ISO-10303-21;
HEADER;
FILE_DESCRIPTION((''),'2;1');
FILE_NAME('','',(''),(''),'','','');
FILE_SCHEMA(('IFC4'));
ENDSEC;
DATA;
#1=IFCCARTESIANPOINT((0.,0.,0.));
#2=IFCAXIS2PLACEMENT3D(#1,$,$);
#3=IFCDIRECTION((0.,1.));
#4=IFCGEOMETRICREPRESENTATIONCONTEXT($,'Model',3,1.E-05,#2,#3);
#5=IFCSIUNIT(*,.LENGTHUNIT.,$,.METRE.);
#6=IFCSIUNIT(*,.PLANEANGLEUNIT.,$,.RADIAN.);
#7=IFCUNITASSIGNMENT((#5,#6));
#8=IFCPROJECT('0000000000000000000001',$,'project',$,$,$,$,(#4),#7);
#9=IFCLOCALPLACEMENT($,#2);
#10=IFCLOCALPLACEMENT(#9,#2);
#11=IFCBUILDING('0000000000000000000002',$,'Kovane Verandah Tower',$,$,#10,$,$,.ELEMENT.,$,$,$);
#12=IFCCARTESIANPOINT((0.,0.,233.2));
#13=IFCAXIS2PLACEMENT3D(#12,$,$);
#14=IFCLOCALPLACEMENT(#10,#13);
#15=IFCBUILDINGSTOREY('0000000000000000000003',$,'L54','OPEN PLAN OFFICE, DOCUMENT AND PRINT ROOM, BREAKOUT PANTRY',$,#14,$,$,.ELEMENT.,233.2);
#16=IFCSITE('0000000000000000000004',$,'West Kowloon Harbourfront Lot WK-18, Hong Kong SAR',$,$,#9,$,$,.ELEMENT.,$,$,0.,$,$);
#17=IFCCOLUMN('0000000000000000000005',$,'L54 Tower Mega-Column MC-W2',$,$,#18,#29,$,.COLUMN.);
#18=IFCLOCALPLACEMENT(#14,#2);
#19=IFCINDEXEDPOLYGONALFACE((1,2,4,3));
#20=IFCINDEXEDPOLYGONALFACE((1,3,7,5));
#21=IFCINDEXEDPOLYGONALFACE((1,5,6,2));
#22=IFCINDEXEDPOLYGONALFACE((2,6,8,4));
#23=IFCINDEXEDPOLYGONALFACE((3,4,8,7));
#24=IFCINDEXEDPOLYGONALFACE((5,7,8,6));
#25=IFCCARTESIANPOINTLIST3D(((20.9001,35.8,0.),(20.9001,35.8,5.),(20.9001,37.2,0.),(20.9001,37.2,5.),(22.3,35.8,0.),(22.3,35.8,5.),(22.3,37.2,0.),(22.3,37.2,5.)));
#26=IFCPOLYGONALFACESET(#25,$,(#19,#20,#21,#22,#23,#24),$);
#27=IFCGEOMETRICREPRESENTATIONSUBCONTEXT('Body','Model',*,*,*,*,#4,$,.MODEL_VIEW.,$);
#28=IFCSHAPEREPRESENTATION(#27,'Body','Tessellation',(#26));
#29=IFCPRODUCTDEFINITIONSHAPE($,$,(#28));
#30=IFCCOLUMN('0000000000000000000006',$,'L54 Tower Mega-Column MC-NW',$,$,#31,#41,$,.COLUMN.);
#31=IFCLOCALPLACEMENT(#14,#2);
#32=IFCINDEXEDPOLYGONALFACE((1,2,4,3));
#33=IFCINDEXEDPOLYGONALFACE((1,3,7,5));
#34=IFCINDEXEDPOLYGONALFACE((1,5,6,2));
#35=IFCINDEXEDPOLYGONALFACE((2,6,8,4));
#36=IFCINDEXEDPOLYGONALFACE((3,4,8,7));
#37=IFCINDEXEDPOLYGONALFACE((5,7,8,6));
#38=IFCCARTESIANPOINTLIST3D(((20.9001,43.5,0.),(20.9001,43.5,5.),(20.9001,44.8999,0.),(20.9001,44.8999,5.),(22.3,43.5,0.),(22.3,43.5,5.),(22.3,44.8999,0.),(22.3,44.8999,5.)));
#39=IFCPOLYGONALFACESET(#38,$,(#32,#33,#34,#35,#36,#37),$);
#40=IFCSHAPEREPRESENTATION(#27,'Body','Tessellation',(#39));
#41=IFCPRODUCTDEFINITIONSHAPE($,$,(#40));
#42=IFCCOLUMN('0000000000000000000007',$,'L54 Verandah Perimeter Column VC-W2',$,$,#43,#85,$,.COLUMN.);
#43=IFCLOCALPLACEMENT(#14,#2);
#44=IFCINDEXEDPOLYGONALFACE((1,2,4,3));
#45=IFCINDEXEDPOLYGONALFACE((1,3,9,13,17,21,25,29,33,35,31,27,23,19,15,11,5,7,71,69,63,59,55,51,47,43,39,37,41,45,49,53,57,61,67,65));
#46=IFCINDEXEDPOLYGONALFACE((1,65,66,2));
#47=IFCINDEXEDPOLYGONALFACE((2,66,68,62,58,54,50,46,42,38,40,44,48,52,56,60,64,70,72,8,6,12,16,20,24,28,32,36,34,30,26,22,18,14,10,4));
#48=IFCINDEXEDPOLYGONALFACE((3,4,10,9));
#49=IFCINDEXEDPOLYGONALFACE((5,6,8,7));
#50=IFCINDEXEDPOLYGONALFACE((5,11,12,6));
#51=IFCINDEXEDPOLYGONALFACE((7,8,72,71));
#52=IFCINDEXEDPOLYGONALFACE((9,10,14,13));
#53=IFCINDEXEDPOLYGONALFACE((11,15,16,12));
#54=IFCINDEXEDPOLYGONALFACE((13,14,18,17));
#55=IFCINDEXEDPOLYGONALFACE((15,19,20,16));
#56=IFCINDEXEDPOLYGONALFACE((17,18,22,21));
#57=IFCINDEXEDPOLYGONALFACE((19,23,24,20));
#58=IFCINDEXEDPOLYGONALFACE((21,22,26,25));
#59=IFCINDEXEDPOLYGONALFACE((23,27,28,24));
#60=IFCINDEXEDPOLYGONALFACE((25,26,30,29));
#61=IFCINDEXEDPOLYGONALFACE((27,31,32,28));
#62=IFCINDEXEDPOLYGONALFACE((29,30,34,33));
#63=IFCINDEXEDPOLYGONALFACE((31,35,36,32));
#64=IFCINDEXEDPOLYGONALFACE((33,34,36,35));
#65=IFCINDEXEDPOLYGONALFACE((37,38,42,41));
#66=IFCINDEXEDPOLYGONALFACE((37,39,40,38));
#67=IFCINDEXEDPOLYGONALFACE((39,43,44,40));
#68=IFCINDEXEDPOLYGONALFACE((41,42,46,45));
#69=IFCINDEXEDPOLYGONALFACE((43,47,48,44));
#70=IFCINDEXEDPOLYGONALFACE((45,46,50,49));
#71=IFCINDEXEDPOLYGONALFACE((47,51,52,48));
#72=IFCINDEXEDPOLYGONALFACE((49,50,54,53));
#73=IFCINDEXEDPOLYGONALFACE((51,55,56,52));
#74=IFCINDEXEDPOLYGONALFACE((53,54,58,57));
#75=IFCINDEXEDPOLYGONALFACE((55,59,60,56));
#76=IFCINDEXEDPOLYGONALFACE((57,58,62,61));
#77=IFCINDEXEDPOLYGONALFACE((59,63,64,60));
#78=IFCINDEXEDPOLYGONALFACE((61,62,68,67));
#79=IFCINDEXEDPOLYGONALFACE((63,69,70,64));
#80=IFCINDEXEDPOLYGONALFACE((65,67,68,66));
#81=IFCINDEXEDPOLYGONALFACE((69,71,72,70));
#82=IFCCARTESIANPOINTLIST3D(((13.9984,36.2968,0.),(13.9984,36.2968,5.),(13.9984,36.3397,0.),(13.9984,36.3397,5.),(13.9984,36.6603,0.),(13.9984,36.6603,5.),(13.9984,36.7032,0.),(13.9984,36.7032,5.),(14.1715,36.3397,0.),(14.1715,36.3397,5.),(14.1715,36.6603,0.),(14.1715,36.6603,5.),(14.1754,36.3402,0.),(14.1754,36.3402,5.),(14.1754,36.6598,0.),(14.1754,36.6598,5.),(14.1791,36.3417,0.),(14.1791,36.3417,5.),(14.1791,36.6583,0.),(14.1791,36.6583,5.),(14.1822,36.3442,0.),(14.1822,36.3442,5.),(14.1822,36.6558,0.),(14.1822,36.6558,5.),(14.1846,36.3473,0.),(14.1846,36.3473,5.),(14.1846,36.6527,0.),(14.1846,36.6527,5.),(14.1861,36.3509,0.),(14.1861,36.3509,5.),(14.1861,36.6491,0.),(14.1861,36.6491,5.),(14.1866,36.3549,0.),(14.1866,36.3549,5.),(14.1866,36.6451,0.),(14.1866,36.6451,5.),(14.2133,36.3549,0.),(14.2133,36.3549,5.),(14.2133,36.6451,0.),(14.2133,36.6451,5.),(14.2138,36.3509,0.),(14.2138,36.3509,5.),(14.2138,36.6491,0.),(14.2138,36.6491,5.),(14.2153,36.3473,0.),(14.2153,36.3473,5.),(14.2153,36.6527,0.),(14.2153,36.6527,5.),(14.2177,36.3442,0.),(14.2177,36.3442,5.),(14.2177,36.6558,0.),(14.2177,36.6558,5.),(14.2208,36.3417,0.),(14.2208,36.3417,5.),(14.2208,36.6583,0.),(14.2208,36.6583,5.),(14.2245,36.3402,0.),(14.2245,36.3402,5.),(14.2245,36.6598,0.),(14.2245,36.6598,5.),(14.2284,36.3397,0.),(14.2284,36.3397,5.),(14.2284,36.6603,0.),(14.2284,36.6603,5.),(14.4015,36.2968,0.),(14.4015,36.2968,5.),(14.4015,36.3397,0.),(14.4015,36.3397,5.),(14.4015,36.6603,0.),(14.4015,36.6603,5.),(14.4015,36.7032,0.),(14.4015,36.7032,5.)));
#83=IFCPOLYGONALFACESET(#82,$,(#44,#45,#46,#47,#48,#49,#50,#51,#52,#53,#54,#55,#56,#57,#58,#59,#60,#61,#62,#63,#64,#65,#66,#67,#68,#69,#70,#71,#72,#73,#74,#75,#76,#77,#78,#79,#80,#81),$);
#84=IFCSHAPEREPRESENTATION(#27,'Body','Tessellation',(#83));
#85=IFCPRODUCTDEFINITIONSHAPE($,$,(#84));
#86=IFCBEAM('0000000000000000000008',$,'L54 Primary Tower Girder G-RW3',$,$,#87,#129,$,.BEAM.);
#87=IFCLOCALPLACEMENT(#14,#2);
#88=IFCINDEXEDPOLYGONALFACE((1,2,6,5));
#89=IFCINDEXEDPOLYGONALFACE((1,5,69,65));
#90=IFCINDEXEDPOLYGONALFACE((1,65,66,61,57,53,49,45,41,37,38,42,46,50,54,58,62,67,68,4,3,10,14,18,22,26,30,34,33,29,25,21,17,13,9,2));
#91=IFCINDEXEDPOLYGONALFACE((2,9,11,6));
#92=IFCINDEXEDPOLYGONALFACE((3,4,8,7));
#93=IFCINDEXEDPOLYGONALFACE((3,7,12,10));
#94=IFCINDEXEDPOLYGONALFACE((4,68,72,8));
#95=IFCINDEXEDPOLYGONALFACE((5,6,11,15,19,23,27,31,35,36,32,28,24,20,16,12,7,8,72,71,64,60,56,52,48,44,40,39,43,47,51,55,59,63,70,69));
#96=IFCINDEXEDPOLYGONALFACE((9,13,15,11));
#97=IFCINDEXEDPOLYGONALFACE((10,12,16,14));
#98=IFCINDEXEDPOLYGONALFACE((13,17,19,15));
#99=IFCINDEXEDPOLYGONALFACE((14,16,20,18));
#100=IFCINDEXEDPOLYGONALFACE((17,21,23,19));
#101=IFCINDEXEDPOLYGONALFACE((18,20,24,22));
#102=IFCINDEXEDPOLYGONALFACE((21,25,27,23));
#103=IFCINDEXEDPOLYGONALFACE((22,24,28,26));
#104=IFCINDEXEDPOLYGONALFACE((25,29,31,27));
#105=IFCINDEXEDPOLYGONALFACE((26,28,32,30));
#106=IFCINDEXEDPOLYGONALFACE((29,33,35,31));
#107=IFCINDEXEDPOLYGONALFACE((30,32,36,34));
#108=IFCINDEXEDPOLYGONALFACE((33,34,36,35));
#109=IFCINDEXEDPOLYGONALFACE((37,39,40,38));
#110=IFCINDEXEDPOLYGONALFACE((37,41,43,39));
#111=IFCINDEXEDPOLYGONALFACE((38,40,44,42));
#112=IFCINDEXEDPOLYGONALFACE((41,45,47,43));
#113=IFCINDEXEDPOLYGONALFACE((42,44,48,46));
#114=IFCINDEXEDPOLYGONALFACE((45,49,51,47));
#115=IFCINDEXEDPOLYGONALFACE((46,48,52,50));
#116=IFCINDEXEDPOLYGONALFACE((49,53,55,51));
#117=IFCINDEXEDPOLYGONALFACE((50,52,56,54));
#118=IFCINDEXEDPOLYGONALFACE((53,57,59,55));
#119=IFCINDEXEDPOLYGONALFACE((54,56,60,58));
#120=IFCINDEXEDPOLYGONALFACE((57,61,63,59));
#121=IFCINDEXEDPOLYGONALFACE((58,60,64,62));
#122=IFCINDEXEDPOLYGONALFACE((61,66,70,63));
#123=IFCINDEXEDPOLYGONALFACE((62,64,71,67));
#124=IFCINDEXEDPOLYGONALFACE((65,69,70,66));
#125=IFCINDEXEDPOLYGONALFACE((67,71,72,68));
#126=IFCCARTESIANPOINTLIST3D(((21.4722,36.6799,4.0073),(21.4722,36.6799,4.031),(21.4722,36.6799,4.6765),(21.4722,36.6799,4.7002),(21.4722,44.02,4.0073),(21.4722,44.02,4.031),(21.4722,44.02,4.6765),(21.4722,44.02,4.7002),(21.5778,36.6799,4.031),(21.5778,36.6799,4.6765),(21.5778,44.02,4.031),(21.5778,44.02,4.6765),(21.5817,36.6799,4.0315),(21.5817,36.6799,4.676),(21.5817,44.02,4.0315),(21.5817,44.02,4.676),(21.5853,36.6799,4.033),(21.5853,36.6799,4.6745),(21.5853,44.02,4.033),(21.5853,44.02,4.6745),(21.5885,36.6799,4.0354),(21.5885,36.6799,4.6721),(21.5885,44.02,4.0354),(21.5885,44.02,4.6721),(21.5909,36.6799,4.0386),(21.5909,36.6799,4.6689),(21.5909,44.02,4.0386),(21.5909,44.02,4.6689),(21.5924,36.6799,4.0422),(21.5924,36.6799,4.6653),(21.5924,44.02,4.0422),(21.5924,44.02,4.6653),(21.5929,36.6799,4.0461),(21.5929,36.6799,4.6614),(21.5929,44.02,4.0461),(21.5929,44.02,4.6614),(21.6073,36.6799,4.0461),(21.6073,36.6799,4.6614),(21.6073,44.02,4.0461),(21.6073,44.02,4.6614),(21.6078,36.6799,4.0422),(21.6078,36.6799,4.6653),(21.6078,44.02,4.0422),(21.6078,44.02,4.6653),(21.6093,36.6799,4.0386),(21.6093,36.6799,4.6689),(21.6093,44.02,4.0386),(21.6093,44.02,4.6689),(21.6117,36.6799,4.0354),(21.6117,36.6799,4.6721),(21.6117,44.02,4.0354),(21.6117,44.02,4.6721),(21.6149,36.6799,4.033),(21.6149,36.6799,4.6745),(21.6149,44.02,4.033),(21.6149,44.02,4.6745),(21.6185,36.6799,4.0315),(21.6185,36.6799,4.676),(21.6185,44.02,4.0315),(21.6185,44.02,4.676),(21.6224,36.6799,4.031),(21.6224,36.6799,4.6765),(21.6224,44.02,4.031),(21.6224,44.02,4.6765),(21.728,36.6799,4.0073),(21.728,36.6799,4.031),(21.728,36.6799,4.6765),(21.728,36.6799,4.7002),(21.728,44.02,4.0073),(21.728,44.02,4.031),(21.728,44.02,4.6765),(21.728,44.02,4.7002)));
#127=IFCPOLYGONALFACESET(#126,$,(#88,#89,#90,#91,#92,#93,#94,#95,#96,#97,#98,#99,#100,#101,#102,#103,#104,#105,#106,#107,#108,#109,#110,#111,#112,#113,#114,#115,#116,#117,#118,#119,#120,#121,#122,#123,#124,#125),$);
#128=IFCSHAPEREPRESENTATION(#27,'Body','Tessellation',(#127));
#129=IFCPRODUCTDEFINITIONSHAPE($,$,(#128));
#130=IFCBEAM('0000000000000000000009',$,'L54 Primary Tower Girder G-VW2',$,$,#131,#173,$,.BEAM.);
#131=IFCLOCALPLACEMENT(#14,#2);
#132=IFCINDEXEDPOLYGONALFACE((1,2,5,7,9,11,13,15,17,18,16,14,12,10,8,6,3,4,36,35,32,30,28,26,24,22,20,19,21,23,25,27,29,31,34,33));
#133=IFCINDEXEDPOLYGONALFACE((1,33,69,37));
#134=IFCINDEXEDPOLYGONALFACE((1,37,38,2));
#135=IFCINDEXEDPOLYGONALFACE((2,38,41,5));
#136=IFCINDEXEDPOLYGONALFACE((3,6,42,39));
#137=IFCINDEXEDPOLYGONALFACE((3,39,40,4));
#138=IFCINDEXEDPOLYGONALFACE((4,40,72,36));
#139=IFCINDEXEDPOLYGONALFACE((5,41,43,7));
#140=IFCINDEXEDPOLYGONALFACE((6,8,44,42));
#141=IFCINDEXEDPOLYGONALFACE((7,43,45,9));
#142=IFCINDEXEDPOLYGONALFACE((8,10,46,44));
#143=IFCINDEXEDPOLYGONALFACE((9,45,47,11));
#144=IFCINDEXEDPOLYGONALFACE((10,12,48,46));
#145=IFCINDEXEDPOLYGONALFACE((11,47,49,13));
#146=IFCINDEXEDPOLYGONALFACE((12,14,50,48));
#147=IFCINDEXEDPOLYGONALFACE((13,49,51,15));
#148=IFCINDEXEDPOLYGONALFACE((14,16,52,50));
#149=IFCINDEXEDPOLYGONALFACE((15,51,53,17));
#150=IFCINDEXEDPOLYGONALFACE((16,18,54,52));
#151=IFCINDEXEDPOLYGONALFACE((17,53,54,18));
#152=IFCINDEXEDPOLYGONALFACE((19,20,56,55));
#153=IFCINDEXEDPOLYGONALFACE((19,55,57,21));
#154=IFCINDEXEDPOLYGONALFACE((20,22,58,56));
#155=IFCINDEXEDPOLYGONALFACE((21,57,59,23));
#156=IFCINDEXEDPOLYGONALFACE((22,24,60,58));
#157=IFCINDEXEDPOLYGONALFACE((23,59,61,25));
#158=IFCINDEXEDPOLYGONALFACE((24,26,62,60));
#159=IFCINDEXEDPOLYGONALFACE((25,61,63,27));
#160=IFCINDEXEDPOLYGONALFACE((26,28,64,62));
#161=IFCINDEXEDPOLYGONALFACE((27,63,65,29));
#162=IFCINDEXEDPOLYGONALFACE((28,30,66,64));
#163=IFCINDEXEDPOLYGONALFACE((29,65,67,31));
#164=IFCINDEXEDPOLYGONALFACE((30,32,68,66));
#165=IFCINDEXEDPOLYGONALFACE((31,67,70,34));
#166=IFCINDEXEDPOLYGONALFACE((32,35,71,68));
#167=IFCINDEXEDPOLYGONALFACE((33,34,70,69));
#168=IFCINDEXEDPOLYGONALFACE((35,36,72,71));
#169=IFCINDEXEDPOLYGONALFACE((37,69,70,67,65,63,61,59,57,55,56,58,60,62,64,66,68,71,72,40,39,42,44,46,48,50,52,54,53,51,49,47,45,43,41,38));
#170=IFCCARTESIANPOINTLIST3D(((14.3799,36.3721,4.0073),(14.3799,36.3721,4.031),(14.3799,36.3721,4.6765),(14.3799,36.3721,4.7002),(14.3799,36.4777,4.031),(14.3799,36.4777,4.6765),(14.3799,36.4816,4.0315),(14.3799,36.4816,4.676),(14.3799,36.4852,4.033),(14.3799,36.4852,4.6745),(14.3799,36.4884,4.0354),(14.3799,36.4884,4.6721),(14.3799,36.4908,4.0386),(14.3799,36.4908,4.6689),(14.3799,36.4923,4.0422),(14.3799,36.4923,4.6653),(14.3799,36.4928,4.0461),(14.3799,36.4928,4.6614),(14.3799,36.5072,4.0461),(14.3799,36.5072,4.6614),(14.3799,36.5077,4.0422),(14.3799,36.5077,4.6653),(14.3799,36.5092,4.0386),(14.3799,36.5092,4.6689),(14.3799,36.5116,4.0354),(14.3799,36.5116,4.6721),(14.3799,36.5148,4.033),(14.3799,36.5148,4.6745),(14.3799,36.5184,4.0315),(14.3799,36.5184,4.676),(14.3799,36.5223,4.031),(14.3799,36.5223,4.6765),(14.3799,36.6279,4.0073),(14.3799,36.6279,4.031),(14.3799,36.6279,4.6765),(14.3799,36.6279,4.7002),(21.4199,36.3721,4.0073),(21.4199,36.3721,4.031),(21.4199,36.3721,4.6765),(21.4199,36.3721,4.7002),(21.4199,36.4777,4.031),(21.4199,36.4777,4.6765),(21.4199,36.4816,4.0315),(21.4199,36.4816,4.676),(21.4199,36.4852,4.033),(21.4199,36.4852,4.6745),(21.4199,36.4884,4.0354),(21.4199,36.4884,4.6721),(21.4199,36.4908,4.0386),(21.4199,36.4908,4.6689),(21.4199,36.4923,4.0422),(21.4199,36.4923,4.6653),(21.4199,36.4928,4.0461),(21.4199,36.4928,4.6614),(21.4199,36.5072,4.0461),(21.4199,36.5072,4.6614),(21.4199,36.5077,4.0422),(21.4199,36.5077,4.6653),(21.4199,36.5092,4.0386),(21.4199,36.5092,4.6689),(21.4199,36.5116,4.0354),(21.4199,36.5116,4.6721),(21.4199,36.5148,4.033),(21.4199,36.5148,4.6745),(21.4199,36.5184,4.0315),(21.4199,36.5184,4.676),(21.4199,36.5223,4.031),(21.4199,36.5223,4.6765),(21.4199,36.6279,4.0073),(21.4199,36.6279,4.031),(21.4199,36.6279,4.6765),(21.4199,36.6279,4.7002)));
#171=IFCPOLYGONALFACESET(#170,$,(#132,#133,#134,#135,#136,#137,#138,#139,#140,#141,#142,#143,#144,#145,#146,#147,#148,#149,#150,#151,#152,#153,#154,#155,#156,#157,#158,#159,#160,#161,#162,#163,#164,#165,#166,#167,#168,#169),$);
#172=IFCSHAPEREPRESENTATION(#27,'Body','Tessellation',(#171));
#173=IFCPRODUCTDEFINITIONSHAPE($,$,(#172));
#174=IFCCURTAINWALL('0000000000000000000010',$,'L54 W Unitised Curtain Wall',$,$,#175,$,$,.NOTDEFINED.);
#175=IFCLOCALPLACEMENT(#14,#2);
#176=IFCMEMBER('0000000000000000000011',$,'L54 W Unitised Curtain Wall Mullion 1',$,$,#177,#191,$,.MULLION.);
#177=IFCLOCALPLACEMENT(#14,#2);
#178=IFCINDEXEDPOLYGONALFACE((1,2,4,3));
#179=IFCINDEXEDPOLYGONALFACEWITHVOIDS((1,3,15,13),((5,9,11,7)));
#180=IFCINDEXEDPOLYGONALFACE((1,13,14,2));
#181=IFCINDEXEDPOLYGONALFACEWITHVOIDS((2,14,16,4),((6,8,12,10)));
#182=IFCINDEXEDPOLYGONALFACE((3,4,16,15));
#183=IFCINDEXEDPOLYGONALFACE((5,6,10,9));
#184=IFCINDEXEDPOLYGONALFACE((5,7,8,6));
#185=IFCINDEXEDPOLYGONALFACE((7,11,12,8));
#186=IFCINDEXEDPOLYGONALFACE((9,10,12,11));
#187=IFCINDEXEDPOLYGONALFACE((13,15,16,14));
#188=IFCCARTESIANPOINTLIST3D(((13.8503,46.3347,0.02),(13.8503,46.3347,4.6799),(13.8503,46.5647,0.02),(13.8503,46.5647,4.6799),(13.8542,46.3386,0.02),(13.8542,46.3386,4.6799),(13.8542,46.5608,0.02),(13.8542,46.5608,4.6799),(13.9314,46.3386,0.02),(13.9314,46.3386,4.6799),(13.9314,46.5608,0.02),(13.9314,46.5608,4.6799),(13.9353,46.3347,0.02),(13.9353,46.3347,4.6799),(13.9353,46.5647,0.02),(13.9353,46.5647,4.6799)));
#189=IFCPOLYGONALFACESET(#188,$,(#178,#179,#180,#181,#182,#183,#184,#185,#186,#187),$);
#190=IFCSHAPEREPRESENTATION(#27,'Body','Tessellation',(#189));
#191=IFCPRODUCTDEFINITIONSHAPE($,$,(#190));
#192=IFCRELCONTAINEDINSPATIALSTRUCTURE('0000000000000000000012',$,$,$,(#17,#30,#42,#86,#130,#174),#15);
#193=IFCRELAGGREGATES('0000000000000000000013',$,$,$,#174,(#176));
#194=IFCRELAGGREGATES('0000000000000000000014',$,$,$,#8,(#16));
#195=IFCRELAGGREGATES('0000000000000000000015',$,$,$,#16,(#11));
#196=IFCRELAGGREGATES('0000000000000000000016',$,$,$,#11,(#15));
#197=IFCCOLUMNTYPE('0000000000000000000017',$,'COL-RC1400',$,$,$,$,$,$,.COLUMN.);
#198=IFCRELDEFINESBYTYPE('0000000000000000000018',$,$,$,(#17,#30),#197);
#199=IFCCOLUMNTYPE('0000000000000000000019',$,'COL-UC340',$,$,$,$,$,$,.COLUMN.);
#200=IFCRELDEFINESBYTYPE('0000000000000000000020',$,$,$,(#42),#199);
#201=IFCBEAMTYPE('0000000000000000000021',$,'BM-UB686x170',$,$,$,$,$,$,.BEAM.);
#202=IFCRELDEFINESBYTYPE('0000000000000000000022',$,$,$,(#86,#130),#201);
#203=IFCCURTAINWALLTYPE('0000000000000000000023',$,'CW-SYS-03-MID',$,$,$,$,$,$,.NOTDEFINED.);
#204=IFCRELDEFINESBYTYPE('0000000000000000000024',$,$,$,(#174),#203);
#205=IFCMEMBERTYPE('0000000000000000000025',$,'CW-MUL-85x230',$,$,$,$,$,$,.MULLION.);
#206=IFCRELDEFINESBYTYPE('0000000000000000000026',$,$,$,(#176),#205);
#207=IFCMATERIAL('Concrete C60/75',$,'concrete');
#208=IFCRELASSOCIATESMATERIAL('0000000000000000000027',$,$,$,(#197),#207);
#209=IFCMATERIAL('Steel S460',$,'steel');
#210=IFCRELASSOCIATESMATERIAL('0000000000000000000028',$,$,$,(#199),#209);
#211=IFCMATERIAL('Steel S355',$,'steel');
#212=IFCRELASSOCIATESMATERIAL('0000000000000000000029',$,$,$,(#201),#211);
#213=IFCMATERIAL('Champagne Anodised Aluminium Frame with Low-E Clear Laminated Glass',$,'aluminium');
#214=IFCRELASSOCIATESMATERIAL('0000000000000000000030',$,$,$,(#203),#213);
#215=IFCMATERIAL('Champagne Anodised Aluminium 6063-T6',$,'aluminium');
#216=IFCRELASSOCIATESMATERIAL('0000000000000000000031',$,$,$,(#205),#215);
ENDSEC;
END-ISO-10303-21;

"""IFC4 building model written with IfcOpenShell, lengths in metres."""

from ifc_helpers import new_model, si_unit, direction, frame, origin, origin_2d, place, context, subcontext, project, spatial, rectangle, hollow_rectangle, i_section, extrude, material, material_profile, profile_set, type_object, element, aggregate, save


model = new_model("IFC4")

# Units and contexts
model_context = context("Model", 3, precision=1e-05, world=origin(), true_north=direction((0.0, 1.0)))
body_context = subcontext(model_context, "Body", "Model", "MODEL_VIEW")
ifc_project = project(units=[si_unit("LENGTHUNIT", "METRE"), si_unit("PLANEANGLEUNIT", "RADIAN")], contexts=[model_context])

# Site, building, storey
site_placement = place(None, origin())
site = spatial("IfcSite", under=ifc_project, at=site_placement, Name="West Kowloon Harbourfront Lot WK-18, Hong Kong SAR", CompositionType="ELEMENT", RefElevation=0.0)
building_placement = place(site_placement, origin())
building = spatial("IfcBuilding", under=site, at=building_placement, Name="Kovane Verandah Tower", CompositionType="ELEMENT")
storey_placement = place(building_placement, frame((0.0, 0.0, 233.2)))
storey = spatial("IfcBuildingStorey", under=building, at=storey_placement, Name="L54", Description="OPEN PLAN OFFICE, DOCUMENT AND PRINT ROOM, BREAKOUT PANTRY", CompositionType="ELEMENT", Elevation=233.2)

# Columns
ifc_material_1 = material(Name="Concrete C60/75", Category="concrete")
ifc_material_profile_1 = material_profile(ifc_material_1, rectangle(XDim=1.3999, YDim=1.3999, at=origin_2d()), Name="RC1400x1400")
ifc_profile_set_1 = profile_set([ifc_material_profile_1], Name="Concrete C60/75")
column_type_1 = type_object("IfcColumnType", Name="COL-RC1400", PredefinedType="COLUMN", material=ifc_profile_set_1)
for number, where, z_axis, x_axis, name in (
    (1, (21.6001, 36.5, 0.0), (0.0, 0.0, 1.0), (1.0, 0.0, 0.0), "L54 Tower Mega-Column MC-W2"),
    (2, (21.6001, 44.2, 0.0), (0.0, 0.0, 1.0), (1.0, 0.0, 0.0), "L54 Tower Mega-Column MC-NW"),
):
    element("IfcColumn", number, at=place(storey_placement, frame(where, z_axis=z_axis, x_axis=x_axis)), inside=storey, type_object=column_type_1, Name=name, PredefinedType="COLUMN", context=body_context, shape_type="SweptSolid", body=[
        extrude(rectangle(XDim=1.3999, YDim=1.3999, at=origin_2d()), origin(), (0.0, 0.0, 1.0), 5.0),
    ])
ifc_material_2 = material(Name="Steel S460", Category="steel")
ifc_material_profile_2 = material_profile(ifc_material_2, i_section(OverallWidth=0.4031, OverallDepth=0.4065, WebThickness=0.0266, FlangeThickness=0.043, FilletRadius=0.0151, at=origin_2d()), Name="UC356x406x340")
ifc_profile_set_2 = profile_set([ifc_material_profile_2], Name="Steel S460")
column_type_2 = type_object("IfcColumnType", Name="COL-UC340", PredefinedType="COLUMN", material=ifc_profile_set_2)
column_placement = place(storey_placement, frame((14.2, 36.5, 0.0), z_axis=(0.0, 0.0, 1.0), x_axis=(1.0, 0.0, 0.0)))
element("IfcColumn", 3, at=column_placement, inside=storey, type_object=column_type_2, Name="L54 Verandah Perimeter Column VC-W2", PredefinedType="COLUMN", context=body_context, shape_type="SweptSolid", body=[
    extrude(i_section(OverallWidth=0.4031, OverallDepth=0.4065, WebThickness=0.0266, FlangeThickness=0.043, FilletRadius=0.0151, at=origin_2d()), origin(), (0.0, 0.0, 1.0), 5.0),
])

# Beams
ifc_material_3 = material(Name="Steel S355", Category="steel")
ifc_material_profile_3 = material_profile(ifc_material_3, i_section(OverallWidth=0.2559, OverallDepth=0.6929, WebThickness=0.0144, FlangeThickness=0.0237, FilletRadius=0.0151, at=origin_2d()), Name="UB686x254x170")
ifc_profile_set_3 = profile_set([ifc_material_profile_3], Name="Steel S355")
beam_type = type_object("IfcBeamType", Name="BM-UB686x170", PredefinedType="BEAM", material=ifc_profile_set_3)
beam_1_placement = place(storey_placement, frame((21.6001, 36.6799, 4.3538), z_axis=(0.0, 1.0, 0.0), x_axis=(-1.0, 0.0, 0.0)))
element("IfcBeam", 4, at=beam_1_placement, inside=storey, type_object=beam_type, Name="L54 Primary Tower Girder G-RW3", PredefinedType="BEAM", context=body_context, shape_type="SweptSolid", body=[
    extrude(i_section(OverallWidth=0.2559, OverallDepth=0.6929, WebThickness=0.0144, FlangeThickness=0.0237, FilletRadius=0.0151, at=origin_2d()), origin(), (0.0, 0.0, 1.0), 7.3401),
])
beam_2_placement = place(storey_placement, frame((21.4199, 36.5, 4.3538), z_axis=(-1.0, 0.0, 0.0), x_axis=(0.0, -1.0, 0.0)))
element("IfcBeam", 5, at=beam_2_placement, inside=storey, type_object=beam_type, Name="L54 Primary Tower Girder G-VW2", PredefinedType="BEAM", context=body_context, shape_type="SweptSolid", body=[
    extrude(i_section(OverallWidth=0.2559, OverallDepth=0.6929, WebThickness=0.0144, FlangeThickness=0.0237, FilletRadius=0.0151, at=origin_2d()), origin(), (0.0, 0.0, 1.0), 7.04),
])

# Curtain wall, member
ifc_material_4 = material(Name="Champagne Anodised Aluminium Frame with Low-E Clear Laminated Glass", Category="aluminium")
curtain_wall_type = type_object("IfcCurtainWallType", Name="CW-SYS-03-MID", PredefinedType="NOTDEFINED", material=ifc_material_4)
curtain_wall_placement = place(storey_placement, origin())
curtain_wall = element("IfcCurtainWall", 6, at=curtain_wall_placement, inside=storey, type_object=curtain_wall_type, Name="L54 W Unitised Curtain Wall", PredefinedType="NOTDEFINED")
ifc_material_5 = material(Name="Champagne Anodised Aluminium 6063-T6", Category="aluminium")
ifc_material_profile_4 = material_profile(ifc_material_5, hollow_rectangle(XDim=0.085, YDim=0.23, WallThickness=0.0039, at=origin_2d()), Name="AL85x230x4")
ifc_profile_set_4 = profile_set([ifc_material_profile_4], Name="Champagne Anodised Aluminium 6063-T6")
member_type_1 = type_object("IfcMemberType", Name="CW-MUL-85x230", PredefinedType="MULLION", material=ifc_profile_set_4)
member_1_placement = place(storey_placement, frame((13.8928, 46.4497, 0.02), z_axis=(0.0, 0.0, 1.0), x_axis=(-1.0, 0.0, 0.0)))
member_1 = element("IfcMember", 7, at=member_1_placement, type_object=member_type_1, Name="L54 W Unitised Curtain Wall Mullion 1", PredefinedType="MULLION", context=body_context, shape_type="SweptSolid", body=[
    extrude(hollow_rectangle(XDim=0.085, YDim=0.23, WallThickness=0.0039, at=origin_2d()), origin(), (0.0, 0.0, 1.0), 4.6599),
])
aggregate(curtain_wall, [member_1])

save(model, "model.ifc")
